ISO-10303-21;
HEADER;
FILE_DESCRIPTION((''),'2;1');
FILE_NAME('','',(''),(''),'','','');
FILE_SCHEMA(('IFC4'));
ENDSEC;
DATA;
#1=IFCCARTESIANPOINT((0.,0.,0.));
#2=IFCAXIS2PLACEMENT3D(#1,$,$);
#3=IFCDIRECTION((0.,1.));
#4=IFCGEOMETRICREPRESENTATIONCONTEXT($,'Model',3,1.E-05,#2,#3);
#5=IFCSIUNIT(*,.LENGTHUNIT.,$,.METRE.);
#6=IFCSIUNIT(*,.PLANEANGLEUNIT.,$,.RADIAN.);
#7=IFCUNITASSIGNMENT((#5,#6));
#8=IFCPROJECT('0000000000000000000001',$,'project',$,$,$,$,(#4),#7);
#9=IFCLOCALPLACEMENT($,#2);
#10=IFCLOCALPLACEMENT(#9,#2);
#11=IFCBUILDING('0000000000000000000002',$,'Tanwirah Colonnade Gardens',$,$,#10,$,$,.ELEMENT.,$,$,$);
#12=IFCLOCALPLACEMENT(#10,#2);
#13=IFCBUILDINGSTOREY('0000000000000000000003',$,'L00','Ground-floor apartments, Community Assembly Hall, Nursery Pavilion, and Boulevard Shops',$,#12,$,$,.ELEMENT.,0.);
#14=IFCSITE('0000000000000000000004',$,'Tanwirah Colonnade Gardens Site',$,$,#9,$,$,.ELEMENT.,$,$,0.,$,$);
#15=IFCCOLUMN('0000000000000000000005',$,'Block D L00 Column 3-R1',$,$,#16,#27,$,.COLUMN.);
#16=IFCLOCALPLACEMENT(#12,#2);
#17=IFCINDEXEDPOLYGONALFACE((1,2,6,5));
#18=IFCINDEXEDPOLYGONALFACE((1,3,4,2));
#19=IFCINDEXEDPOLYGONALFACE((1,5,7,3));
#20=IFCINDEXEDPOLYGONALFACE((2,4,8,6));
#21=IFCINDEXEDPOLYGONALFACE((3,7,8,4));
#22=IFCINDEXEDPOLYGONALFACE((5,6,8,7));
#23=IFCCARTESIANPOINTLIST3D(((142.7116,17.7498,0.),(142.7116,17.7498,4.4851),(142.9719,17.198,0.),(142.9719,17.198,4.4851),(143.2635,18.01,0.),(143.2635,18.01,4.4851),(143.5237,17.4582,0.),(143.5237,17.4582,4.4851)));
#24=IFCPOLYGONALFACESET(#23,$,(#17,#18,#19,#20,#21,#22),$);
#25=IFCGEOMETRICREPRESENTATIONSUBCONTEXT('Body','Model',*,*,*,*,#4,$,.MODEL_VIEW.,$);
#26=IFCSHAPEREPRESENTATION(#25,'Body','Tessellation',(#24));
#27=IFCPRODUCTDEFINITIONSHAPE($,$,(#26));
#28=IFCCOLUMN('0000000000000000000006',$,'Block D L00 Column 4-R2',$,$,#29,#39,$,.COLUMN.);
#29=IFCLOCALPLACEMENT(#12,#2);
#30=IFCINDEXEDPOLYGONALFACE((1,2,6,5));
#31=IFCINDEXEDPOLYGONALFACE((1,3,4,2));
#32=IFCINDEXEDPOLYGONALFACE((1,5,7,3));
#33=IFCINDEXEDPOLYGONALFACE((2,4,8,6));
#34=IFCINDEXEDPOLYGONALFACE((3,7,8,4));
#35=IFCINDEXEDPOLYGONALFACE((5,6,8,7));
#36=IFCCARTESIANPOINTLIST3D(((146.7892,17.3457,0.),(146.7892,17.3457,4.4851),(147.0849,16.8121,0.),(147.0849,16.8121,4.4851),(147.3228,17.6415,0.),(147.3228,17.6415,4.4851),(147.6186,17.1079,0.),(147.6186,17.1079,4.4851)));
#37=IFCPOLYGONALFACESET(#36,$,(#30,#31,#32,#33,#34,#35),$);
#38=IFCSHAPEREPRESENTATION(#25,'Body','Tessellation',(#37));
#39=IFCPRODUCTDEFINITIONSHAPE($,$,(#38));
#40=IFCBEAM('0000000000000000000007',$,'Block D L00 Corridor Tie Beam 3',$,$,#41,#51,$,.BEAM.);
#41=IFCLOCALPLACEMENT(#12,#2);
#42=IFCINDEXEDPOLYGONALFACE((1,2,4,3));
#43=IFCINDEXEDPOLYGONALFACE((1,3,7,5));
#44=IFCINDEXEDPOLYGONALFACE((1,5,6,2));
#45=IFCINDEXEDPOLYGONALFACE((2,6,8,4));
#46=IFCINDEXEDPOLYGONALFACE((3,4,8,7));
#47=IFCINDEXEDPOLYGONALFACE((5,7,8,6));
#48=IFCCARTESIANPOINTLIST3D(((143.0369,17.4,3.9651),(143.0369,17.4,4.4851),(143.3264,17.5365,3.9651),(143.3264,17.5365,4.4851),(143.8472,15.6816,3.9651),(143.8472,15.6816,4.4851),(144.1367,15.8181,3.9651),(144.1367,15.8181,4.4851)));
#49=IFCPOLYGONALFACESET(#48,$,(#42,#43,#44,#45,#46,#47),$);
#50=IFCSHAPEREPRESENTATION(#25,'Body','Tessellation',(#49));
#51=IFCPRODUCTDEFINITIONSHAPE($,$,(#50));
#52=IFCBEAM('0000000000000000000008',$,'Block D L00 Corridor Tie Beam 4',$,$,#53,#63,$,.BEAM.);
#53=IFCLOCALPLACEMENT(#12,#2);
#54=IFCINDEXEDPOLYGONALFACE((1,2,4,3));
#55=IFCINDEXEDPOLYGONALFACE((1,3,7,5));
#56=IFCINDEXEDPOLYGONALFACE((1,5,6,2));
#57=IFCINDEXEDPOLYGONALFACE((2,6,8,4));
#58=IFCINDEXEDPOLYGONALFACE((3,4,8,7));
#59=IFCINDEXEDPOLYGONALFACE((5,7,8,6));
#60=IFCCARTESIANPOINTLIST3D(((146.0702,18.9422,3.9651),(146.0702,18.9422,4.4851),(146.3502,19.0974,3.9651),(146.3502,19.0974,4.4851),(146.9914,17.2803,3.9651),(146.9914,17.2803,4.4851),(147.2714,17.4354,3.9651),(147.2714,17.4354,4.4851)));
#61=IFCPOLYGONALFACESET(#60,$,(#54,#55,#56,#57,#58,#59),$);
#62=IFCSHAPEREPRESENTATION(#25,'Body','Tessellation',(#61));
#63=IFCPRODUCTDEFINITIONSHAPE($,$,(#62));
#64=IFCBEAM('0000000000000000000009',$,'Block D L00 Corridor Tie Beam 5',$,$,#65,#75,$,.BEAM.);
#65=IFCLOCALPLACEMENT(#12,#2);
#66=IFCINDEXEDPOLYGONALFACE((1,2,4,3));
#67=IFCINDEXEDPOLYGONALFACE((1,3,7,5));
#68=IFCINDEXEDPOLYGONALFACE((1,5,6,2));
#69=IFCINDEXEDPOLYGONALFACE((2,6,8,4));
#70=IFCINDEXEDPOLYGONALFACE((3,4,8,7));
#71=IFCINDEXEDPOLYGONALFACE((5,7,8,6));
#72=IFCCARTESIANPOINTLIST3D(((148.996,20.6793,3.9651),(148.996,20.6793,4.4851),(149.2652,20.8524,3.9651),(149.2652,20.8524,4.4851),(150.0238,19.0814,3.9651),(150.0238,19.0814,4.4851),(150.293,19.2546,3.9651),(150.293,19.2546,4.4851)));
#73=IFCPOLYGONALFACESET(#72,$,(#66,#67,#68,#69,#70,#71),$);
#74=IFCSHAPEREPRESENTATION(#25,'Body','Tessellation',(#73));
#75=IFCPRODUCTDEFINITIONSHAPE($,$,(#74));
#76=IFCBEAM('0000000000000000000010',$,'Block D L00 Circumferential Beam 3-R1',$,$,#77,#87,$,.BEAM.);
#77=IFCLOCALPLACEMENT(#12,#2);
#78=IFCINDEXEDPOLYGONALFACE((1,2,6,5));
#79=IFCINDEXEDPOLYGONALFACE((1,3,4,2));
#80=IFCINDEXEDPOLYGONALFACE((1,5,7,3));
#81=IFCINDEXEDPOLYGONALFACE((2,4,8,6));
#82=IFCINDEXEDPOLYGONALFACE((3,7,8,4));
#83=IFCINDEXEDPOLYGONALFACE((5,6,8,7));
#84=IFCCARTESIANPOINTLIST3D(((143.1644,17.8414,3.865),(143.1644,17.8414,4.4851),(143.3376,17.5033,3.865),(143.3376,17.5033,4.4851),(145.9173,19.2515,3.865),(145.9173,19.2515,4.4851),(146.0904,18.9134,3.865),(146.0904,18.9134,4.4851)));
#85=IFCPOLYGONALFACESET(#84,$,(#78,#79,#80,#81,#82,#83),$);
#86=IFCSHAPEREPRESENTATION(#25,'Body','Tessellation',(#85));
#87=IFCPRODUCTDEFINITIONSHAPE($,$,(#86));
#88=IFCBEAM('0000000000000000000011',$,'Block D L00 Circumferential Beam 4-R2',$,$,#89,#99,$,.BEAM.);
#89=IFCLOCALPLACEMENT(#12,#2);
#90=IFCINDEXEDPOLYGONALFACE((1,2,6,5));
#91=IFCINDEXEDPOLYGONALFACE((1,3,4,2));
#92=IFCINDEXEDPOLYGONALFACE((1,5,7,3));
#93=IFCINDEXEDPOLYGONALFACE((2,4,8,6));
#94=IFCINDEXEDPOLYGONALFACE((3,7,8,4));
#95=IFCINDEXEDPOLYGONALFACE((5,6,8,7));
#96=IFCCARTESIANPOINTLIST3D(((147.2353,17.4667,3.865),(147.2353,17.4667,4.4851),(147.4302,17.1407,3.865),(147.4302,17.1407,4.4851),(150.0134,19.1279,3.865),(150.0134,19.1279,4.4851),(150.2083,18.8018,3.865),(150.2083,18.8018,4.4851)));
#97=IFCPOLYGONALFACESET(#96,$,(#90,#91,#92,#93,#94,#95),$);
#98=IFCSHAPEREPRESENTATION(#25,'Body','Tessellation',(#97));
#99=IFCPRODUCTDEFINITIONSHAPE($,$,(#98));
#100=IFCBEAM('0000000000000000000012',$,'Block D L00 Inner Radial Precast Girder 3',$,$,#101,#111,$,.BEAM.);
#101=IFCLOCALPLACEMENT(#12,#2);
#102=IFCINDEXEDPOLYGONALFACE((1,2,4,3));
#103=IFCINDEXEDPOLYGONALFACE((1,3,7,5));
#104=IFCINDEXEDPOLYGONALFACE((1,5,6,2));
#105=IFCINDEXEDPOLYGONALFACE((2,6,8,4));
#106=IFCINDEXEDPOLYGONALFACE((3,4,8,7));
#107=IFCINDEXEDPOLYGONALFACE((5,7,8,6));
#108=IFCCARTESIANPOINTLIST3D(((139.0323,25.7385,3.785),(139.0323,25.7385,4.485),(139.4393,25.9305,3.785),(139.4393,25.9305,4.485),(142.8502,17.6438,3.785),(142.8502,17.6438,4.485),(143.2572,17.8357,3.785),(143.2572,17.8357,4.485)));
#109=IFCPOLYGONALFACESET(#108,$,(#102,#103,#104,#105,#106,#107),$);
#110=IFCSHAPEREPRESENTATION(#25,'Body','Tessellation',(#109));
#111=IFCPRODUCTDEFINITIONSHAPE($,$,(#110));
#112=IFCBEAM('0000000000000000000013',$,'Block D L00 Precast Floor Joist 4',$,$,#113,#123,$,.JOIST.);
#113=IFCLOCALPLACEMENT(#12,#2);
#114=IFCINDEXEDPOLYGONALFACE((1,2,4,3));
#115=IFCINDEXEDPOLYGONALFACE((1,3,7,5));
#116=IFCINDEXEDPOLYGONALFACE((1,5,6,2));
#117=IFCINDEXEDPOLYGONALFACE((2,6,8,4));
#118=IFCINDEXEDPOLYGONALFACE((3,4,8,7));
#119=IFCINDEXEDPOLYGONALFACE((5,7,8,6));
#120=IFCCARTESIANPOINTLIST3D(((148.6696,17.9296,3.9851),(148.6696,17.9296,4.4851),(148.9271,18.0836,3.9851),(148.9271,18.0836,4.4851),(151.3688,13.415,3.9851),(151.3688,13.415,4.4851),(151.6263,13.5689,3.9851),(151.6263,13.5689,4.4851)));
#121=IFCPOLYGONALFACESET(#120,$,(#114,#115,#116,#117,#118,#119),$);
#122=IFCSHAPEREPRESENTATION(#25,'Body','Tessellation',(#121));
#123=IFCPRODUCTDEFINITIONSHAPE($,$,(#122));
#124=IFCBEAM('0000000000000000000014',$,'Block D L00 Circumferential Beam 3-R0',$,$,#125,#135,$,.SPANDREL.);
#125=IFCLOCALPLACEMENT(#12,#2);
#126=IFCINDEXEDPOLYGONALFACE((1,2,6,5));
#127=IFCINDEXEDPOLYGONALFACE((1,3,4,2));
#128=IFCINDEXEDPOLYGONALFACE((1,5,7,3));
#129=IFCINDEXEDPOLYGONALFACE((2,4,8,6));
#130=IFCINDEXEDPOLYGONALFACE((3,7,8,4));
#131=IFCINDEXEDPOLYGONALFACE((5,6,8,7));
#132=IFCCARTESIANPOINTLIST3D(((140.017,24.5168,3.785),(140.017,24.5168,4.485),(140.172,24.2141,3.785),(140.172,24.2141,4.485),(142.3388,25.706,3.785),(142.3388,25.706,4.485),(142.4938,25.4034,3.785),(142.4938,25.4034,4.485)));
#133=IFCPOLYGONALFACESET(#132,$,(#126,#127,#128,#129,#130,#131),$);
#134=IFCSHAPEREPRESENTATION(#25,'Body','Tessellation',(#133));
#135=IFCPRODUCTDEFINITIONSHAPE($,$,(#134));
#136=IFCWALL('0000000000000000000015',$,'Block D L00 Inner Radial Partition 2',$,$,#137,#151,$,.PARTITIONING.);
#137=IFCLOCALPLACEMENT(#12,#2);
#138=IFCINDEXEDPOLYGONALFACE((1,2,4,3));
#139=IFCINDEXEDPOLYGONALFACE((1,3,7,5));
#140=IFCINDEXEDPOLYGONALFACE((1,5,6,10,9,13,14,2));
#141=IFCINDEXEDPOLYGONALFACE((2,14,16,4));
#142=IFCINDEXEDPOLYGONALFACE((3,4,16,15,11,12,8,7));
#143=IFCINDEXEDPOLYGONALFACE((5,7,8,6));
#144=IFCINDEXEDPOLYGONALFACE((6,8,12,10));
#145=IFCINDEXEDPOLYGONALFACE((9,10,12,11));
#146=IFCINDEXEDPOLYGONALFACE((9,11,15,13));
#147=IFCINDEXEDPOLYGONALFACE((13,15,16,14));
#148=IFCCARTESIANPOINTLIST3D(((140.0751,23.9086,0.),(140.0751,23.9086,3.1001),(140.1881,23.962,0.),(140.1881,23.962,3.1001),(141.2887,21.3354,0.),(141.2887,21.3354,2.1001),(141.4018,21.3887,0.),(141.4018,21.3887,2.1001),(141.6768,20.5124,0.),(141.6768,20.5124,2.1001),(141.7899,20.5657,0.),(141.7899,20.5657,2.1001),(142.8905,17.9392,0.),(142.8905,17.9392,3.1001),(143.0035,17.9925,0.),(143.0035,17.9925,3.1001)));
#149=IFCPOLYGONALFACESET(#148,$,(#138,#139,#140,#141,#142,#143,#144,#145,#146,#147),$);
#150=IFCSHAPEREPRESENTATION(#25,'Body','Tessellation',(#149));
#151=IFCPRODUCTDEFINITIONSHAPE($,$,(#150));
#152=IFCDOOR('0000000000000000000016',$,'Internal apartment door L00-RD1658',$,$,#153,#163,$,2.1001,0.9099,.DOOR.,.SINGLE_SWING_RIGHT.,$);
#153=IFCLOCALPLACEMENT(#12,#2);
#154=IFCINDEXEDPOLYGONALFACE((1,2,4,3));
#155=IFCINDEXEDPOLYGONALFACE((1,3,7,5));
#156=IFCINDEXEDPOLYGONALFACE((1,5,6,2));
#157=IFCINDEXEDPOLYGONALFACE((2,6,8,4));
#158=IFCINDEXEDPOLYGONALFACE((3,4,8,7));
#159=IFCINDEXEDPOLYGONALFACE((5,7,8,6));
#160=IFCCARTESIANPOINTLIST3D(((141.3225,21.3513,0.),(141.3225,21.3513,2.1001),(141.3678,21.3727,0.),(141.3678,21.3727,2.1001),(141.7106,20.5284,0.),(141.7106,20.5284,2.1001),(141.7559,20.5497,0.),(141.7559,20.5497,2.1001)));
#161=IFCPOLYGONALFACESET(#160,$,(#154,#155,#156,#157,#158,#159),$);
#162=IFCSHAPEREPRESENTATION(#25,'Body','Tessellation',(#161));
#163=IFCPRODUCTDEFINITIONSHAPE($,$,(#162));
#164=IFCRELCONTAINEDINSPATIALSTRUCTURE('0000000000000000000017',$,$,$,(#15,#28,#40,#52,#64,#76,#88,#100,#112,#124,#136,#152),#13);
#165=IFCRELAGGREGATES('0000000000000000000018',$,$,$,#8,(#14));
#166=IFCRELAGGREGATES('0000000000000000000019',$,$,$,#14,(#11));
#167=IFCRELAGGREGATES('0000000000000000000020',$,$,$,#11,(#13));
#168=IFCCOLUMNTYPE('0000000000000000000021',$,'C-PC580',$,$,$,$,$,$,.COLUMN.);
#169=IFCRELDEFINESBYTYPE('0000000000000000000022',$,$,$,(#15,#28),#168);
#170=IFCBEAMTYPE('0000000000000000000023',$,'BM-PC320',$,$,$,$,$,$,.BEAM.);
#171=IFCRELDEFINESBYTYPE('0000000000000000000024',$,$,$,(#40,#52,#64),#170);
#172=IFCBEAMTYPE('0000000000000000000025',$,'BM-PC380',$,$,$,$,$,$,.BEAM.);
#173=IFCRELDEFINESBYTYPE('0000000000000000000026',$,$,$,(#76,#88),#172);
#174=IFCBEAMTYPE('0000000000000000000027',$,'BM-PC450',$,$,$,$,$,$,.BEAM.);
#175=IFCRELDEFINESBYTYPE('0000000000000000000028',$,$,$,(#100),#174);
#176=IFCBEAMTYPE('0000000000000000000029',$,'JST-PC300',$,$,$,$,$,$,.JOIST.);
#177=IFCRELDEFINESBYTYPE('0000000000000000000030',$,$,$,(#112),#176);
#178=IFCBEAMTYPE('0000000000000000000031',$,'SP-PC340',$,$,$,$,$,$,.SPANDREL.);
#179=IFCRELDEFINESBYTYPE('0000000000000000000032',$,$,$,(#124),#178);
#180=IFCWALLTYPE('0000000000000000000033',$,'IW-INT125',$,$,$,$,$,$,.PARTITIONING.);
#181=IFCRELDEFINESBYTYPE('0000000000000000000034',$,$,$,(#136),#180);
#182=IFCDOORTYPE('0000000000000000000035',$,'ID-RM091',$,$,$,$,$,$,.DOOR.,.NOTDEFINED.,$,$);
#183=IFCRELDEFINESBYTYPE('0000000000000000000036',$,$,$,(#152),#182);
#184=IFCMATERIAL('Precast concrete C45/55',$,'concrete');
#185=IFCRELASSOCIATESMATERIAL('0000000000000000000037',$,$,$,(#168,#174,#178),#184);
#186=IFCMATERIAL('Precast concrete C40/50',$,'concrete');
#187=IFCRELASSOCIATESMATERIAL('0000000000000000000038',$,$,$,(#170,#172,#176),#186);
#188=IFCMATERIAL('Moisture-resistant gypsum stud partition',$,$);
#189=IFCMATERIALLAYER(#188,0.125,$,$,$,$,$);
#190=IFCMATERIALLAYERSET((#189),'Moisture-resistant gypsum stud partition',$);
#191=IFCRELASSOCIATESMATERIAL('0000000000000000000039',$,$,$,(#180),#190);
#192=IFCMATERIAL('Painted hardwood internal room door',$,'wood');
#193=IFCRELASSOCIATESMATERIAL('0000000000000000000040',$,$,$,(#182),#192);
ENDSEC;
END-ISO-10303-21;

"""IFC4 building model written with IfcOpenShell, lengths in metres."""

from ifc_helpers import new_model, si_unit, direction, frame, frame_2d, origin, origin_2d, place, context, subcontext, project, spatial, rectangle, extrude, material, layer, layer_set, material_profile, profile_set, type_object, element, fill, save


model = new_model("IFC4")

# Units and contexts
model_context = context("Model", 3, precision=1e-05, world=origin(), true_north=direction((0.0, 1.0)))
body_context = subcontext(model_context, "Body", "Model", "MODEL_VIEW")
ifc_project = project(units=[si_unit("LENGTHUNIT", "METRE"), si_unit("PLANEANGLEUNIT", "RADIAN")], contexts=[model_context])

# Site, building, storey
site_placement = place(None, origin())
site = spatial("IfcSite", under=ifc_project, at=site_placement, Name="Tanwirah Colonnade Gardens Site", CompositionType="ELEMENT", RefElevation=0.0)
building_placement = place(site_placement, origin())
building = spatial("IfcBuilding", under=site, at=building_placement, Name="Tanwirah Colonnade Gardens", CompositionType="ELEMENT")
storey_placement = place(building_placement, origin())
storey = spatial("IfcBuildingStorey", under=building, at=storey_placement, Name="L00", Description="Ground-floor apartments, Community Assembly Hall, Nursery Pavilion, and Boulevard Shops", CompositionType="ELEMENT", Elevation=0.0)

# Columns
ifc_material_1 = material(Name="Precast concrete C45/55", Category="concrete")
ifc_material_profile_1 = material_profile(ifc_material_1, rectangle(XDim=0.6101, YDim=0.6101, at=origin_2d()), Name="PC-COL 610x610")
ifc_profile_set_1 = profile_set([ifc_material_profile_1], Name="Precast concrete C45/55")
column_type = type_object("IfcColumnType", Name="C-PC580", PredefinedType="COLUMN", material=ifc_profile_set_1)
for number, where, z_axis, x_axis, name in (
    (1, (143.1177, 17.604, 0.0), (0.0, 0.0, 1.0), (0.426569, -0.904455, 0.0), "Block D L00 Column 3-R1"),
    (2, (147.2039, 17.2268, 0.0), (0.0, 0.0, 1.0), (0.48481, -0.87462, 0.0), "Block D L00 Column 4-R2"),
):
    element("IfcColumn", number, at=place(storey_placement, frame(where, z_axis=z_axis, x_axis=x_axis)), inside=storey, type_object=column_type, Name=name, PredefinedType="COLUMN", context=body_context, shape_type="SweptSolid", body=[
        extrude(rectangle(XDim=0.6101, YDim=0.6101, at=origin_2d()), origin(), (0.0, 0.0, 1.0), 4.4851),
    ])

# Beams
ifc_material_2 = material(Name="Precast concrete C40/50", Category="concrete")
ifc_material_profile_2 = material_profile(ifc_material_2, rectangle(XDim=0.3201, YDim=0.52, at=origin_2d()), Name="PC-BM 320x520")
ifc_profile_set_2 = profile_set([ifc_material_profile_2], Name="Precast concrete C40/50")
beam_type_1 = type_object("IfcBeamType", Name="BM-PC320", PredefinedType="BEAM", material=ifc_profile_set_2)
beam_1_placement = place(storey_placement, frame((143.1816, 17.4683, 4.2251), z_axis=(0.426484, -0.904495, 0.0), x_axis=(0.904495, 0.426484, 0.0)))
element("IfcBeam", 3, at=beam_1_placement, inside=storey, type_object=beam_type_1, Name="Block D L00 Corridor Tie Beam 3", PredefinedType="BEAM", context=body_context, shape_type="SweptSolid", body=[
    extrude(rectangle(XDim=0.3201, YDim=0.52, at=origin_2d()), origin(), (0.0, 0.0, 1.0), 1.8999),
])
beam_2_placement = place(storey_placement, frame((146.2102, 19.0198, 4.2251), z_axis=(0.484792, -0.87463, 0.0), x_axis=(0.87463, 0.484792, 0.0)))
element("IfcBeam", 4, at=beam_2_placement, inside=storey, type_object=beam_type_1, Name="Block D L00 Corridor Tie Beam 4", PredefinedType="BEAM", context=body_context, shape_type="SweptSolid", body=[
    extrude(rectangle(XDim=0.3201, YDim=0.52, at=origin_2d()), origin(), (0.0, 0.0, 1.0), 1.9001),
])
beam_3_placement = place(storey_placement, frame((149.1306, 20.7659, 4.2251), z_axis=(0.540985, -0.841032, 0.0), x_axis=(0.841032, 0.540985, 0.0)))
element("IfcBeam", 5, at=beam_3_placement, inside=storey, type_object=beam_type_1, Name="Block D L00 Corridor Tie Beam 5", PredefinedType="BEAM", context=body_context, shape_type="SweptSolid", body=[
    extrude(rectangle(XDim=0.3201, YDim=0.52, at=origin_2d()), origin(), (0.0, 0.0, 1.0), 1.8999),
])
ifc_material_profile_3 = material_profile(ifc_material_2, rectangle(XDim=0.3799, YDim=0.6201, at=origin_2d()), Name="PC-BM 380x620")
ifc_profile_set_3 = profile_set([ifc_material_profile_3], Name="Precast concrete C40/50")
beam_type_2 = type_object("IfcBeamType", Name="BM-PC380", PredefinedType="BEAM", material=ifc_profile_set_3)
beam_4_placement = place(storey_placement, frame((143.251, 17.6724, 4.175), z_axis=(0.890028, 0.455906, 0.0), x_axis=(-0.455906, 0.890028, 0.0)))
element("IfcBeam", 6, at=beam_4_placement, inside=storey, type_object=beam_type_2, Name="Block D L00 Circumferential Beam 3-R1", PredefinedType="BEAM", context=body_context, shape_type="SweptSolid", body=[
    extrude(rectangle(XDim=0.3799, YDim=0.6201, at=origin_2d()), origin(), (0.0, 0.0, 1.0), 3.093),
])
beam_5_placement = place(storey_placement, frame((147.3328, 17.3037, 4.175), z_axis=(0.858271, 0.513197, 0.0), x_axis=(-0.513197, 0.858271, 0.0)))
element("IfcBeam", 7, at=beam_5_placement, inside=storey, type_object=beam_type_2, Name="Block D L00 Circumferential Beam 4-R2", PredefinedType="BEAM", context=body_context, shape_type="SweptSolid", body=[
    extrude(rectangle(XDim=0.3799, YDim=0.6201, at=origin_2d()), origin(), (0.0, 0.0, 1.0), 3.2368),
])
ifc_material_profile_4 = material_profile(ifc_material_1, rectangle(XDim=0.45, YDim=0.7, at=origin_2d()), Name="PC-BM 450x700")
ifc_profile_set_4 = profile_set([ifc_material_profile_4], Name="Precast concrete C45/55")
beam_type_3 = type_object("IfcBeamType", Name="BM-PC450", PredefinedType="BEAM", material=ifc_profile_set_4)
beam_6_placement = place(storey_placement, frame((143.0537, 17.7397, 4.135), z_axis=(-0.426582, 0.904449, 0.0), x_axis=(-0.904449, -0.426582, 0.0)))
element("IfcBeam", 8, at=beam_6_placement, inside=storey, type_object=beam_type_3, Name="Block D L00 Inner Radial Precast Girder 3", PredefinedType="BEAM", context=body_context, shape_type="SweptSolid", body=[
    extrude(rectangle(XDim=0.45, YDim=0.7, at=origin_2d()), origin(), (0.0, 0.0, 1.0), 8.95),
])
ifc_material_profile_5 = material_profile(ifc_material_2, rectangle(XDim=0.3, YDim=0.5, at=origin_2d()), Name="PC-JST 300x500")
ifc_profile_set_5 = profile_set([ifc_material_profile_5], Name="Precast concrete C40/50")
beam_type_4 = type_object("IfcBeamType", Name="JST-PC300", PredefinedType="JOIST", material=ifc_profile_set_5)
beam_7_placement = place(storey_placement, frame((148.7983, 18.0066, 4.2351), z_axis=(0.513157, -0.858295, 0.0), x_axis=(0.858295, 0.513157, 0.0)))
element("IfcBeam", 9, at=beam_7_placement, inside=storey, type_object=beam_type_4, Name="Block D L00 Precast Floor Joist 4", PredefinedType="JOIST", context=body_context, shape_type="SweptSolid", body=[
    extrude(rectangle(XDim=0.3, YDim=0.5, at=origin_2d()), origin(), (0.0, 0.0, 1.0), 5.26),
])
ifc_material_profile_6 = material_profile(ifc_material_1, rectangle(XDim=0.3401, YDim=0.7, at=origin_2d()), Name="PC-SP 340x700")
ifc_profile_set_6 = profile_set([ifc_material_profile_6], Name="Precast concrete C45/55")
beam_type_5 = type_object("IfcBeamType", Name="SP-PC340", PredefinedType="SPANDREL", material=ifc_profile_set_6)
beam_8_placement = place(storey_placement, frame((140.0945, 24.3655, 4.135), z_axis=(0.890042, 0.455878, 0.0), x_axis=(-0.455878, 0.890042, 0.0)))
element("IfcBeam", 10, at=beam_8_placement, inside=storey, type_object=beam_type_5, Name="Block D L00 Circumferential Beam 3-R0", PredefinedType="SPANDREL", context=body_context, shape_type="SweptSolid", body=[
    extrude(rectangle(XDim=0.3401, YDim=0.7, at=origin_2d()), origin(), (0.0, 0.0, 1.0), 2.6086),
])

# Wall, opening, door
ifc_material_3 = material(Name="Moisture-resistant gypsum stud partition")
ifc_layer_1 = layer(ifc_material_3, 0.125)
ifc_layer_set_1 = layer_set([ifc_layer_1], Name="Moisture-resistant gypsum stud partition")
wall_type_1 = type_object("IfcWallType", Name="IW-INT125", PredefinedType="PARTITIONING", material=ifc_layer_set_1)
wall_1_placement = place(storey_placement, frame((140.1316, 23.9353, 0.0), z_axis=(0.0, 0.0, 1.0), x_axis=(0.426574, -0.904453, 0.0)))
wall_1 = element("IfcWall", 11, at=wall_1_placement, inside=storey, type_object=wall_type_1, Name="Block D L00 Inner Radial Partition 2", PredefinedType="PARTITIONING", context=body_context, shape_type="SweptSolid", body=[
    extrude(rectangle(XDim=6.6001, YDim=0.125, at=frame_2d((3.3, 0.0))), origin(), (0.0, 0.0, 1.0), 3.1001),
])
opening_1_placement = place(wall_1_placement, frame((2.845, 0.0, 0.0)))
opening_1 = element("IfcOpeningElement", 12, at=opening_1_placement, cuts=wall_1, PredefinedType="OPENING", context=body_context, shape_type="SweptSolid", body=[
    extrude(rectangle(XDim=0.9099, YDim=2.1001, at=frame_2d((0.4551, 1.05))), frame((0.0, 0.0725, 0.0), z_axis=(0.0, -1.0, 0.0), x_axis=(1.0, 0.0, 0.0)), (0.0, 0.0, 1.0), 0.145),
])
ifc_material_4 = material(Name="Painted hardwood internal room door", Category="wood")
door_type_1 = type_object("IfcDoorType", Name="ID-RM091", OperationType="NOTDEFINED", PredefinedType="DOOR", material=ifc_material_4)
door_1_placement = place(opening_1_placement, origin())
door_1 = element("IfcDoor", 13, at=door_1_placement, inside=storey, type_object=door_type_1, Name="Internal apartment door L00-RD1658", OperationType="SINGLE_SWING_RIGHT", OverallHeight=2.1001, OverallWidth=0.9099, PredefinedType="DOOR", context=body_context, shape_type="SweptSolid", body=[
    extrude(rectangle(XDim=0.9099, YDim=2.1001, at=frame_2d((0.4551, 1.05))), frame((0.0, 0.0249, 0.0), z_axis=(0.0, -1.0, 0.0), x_axis=(1.0, 0.0, 0.0)), (0.0, 0.0, 1.0), 0.05),
])
fill(opening_1, door_1)

save(model, "model.ifc")
